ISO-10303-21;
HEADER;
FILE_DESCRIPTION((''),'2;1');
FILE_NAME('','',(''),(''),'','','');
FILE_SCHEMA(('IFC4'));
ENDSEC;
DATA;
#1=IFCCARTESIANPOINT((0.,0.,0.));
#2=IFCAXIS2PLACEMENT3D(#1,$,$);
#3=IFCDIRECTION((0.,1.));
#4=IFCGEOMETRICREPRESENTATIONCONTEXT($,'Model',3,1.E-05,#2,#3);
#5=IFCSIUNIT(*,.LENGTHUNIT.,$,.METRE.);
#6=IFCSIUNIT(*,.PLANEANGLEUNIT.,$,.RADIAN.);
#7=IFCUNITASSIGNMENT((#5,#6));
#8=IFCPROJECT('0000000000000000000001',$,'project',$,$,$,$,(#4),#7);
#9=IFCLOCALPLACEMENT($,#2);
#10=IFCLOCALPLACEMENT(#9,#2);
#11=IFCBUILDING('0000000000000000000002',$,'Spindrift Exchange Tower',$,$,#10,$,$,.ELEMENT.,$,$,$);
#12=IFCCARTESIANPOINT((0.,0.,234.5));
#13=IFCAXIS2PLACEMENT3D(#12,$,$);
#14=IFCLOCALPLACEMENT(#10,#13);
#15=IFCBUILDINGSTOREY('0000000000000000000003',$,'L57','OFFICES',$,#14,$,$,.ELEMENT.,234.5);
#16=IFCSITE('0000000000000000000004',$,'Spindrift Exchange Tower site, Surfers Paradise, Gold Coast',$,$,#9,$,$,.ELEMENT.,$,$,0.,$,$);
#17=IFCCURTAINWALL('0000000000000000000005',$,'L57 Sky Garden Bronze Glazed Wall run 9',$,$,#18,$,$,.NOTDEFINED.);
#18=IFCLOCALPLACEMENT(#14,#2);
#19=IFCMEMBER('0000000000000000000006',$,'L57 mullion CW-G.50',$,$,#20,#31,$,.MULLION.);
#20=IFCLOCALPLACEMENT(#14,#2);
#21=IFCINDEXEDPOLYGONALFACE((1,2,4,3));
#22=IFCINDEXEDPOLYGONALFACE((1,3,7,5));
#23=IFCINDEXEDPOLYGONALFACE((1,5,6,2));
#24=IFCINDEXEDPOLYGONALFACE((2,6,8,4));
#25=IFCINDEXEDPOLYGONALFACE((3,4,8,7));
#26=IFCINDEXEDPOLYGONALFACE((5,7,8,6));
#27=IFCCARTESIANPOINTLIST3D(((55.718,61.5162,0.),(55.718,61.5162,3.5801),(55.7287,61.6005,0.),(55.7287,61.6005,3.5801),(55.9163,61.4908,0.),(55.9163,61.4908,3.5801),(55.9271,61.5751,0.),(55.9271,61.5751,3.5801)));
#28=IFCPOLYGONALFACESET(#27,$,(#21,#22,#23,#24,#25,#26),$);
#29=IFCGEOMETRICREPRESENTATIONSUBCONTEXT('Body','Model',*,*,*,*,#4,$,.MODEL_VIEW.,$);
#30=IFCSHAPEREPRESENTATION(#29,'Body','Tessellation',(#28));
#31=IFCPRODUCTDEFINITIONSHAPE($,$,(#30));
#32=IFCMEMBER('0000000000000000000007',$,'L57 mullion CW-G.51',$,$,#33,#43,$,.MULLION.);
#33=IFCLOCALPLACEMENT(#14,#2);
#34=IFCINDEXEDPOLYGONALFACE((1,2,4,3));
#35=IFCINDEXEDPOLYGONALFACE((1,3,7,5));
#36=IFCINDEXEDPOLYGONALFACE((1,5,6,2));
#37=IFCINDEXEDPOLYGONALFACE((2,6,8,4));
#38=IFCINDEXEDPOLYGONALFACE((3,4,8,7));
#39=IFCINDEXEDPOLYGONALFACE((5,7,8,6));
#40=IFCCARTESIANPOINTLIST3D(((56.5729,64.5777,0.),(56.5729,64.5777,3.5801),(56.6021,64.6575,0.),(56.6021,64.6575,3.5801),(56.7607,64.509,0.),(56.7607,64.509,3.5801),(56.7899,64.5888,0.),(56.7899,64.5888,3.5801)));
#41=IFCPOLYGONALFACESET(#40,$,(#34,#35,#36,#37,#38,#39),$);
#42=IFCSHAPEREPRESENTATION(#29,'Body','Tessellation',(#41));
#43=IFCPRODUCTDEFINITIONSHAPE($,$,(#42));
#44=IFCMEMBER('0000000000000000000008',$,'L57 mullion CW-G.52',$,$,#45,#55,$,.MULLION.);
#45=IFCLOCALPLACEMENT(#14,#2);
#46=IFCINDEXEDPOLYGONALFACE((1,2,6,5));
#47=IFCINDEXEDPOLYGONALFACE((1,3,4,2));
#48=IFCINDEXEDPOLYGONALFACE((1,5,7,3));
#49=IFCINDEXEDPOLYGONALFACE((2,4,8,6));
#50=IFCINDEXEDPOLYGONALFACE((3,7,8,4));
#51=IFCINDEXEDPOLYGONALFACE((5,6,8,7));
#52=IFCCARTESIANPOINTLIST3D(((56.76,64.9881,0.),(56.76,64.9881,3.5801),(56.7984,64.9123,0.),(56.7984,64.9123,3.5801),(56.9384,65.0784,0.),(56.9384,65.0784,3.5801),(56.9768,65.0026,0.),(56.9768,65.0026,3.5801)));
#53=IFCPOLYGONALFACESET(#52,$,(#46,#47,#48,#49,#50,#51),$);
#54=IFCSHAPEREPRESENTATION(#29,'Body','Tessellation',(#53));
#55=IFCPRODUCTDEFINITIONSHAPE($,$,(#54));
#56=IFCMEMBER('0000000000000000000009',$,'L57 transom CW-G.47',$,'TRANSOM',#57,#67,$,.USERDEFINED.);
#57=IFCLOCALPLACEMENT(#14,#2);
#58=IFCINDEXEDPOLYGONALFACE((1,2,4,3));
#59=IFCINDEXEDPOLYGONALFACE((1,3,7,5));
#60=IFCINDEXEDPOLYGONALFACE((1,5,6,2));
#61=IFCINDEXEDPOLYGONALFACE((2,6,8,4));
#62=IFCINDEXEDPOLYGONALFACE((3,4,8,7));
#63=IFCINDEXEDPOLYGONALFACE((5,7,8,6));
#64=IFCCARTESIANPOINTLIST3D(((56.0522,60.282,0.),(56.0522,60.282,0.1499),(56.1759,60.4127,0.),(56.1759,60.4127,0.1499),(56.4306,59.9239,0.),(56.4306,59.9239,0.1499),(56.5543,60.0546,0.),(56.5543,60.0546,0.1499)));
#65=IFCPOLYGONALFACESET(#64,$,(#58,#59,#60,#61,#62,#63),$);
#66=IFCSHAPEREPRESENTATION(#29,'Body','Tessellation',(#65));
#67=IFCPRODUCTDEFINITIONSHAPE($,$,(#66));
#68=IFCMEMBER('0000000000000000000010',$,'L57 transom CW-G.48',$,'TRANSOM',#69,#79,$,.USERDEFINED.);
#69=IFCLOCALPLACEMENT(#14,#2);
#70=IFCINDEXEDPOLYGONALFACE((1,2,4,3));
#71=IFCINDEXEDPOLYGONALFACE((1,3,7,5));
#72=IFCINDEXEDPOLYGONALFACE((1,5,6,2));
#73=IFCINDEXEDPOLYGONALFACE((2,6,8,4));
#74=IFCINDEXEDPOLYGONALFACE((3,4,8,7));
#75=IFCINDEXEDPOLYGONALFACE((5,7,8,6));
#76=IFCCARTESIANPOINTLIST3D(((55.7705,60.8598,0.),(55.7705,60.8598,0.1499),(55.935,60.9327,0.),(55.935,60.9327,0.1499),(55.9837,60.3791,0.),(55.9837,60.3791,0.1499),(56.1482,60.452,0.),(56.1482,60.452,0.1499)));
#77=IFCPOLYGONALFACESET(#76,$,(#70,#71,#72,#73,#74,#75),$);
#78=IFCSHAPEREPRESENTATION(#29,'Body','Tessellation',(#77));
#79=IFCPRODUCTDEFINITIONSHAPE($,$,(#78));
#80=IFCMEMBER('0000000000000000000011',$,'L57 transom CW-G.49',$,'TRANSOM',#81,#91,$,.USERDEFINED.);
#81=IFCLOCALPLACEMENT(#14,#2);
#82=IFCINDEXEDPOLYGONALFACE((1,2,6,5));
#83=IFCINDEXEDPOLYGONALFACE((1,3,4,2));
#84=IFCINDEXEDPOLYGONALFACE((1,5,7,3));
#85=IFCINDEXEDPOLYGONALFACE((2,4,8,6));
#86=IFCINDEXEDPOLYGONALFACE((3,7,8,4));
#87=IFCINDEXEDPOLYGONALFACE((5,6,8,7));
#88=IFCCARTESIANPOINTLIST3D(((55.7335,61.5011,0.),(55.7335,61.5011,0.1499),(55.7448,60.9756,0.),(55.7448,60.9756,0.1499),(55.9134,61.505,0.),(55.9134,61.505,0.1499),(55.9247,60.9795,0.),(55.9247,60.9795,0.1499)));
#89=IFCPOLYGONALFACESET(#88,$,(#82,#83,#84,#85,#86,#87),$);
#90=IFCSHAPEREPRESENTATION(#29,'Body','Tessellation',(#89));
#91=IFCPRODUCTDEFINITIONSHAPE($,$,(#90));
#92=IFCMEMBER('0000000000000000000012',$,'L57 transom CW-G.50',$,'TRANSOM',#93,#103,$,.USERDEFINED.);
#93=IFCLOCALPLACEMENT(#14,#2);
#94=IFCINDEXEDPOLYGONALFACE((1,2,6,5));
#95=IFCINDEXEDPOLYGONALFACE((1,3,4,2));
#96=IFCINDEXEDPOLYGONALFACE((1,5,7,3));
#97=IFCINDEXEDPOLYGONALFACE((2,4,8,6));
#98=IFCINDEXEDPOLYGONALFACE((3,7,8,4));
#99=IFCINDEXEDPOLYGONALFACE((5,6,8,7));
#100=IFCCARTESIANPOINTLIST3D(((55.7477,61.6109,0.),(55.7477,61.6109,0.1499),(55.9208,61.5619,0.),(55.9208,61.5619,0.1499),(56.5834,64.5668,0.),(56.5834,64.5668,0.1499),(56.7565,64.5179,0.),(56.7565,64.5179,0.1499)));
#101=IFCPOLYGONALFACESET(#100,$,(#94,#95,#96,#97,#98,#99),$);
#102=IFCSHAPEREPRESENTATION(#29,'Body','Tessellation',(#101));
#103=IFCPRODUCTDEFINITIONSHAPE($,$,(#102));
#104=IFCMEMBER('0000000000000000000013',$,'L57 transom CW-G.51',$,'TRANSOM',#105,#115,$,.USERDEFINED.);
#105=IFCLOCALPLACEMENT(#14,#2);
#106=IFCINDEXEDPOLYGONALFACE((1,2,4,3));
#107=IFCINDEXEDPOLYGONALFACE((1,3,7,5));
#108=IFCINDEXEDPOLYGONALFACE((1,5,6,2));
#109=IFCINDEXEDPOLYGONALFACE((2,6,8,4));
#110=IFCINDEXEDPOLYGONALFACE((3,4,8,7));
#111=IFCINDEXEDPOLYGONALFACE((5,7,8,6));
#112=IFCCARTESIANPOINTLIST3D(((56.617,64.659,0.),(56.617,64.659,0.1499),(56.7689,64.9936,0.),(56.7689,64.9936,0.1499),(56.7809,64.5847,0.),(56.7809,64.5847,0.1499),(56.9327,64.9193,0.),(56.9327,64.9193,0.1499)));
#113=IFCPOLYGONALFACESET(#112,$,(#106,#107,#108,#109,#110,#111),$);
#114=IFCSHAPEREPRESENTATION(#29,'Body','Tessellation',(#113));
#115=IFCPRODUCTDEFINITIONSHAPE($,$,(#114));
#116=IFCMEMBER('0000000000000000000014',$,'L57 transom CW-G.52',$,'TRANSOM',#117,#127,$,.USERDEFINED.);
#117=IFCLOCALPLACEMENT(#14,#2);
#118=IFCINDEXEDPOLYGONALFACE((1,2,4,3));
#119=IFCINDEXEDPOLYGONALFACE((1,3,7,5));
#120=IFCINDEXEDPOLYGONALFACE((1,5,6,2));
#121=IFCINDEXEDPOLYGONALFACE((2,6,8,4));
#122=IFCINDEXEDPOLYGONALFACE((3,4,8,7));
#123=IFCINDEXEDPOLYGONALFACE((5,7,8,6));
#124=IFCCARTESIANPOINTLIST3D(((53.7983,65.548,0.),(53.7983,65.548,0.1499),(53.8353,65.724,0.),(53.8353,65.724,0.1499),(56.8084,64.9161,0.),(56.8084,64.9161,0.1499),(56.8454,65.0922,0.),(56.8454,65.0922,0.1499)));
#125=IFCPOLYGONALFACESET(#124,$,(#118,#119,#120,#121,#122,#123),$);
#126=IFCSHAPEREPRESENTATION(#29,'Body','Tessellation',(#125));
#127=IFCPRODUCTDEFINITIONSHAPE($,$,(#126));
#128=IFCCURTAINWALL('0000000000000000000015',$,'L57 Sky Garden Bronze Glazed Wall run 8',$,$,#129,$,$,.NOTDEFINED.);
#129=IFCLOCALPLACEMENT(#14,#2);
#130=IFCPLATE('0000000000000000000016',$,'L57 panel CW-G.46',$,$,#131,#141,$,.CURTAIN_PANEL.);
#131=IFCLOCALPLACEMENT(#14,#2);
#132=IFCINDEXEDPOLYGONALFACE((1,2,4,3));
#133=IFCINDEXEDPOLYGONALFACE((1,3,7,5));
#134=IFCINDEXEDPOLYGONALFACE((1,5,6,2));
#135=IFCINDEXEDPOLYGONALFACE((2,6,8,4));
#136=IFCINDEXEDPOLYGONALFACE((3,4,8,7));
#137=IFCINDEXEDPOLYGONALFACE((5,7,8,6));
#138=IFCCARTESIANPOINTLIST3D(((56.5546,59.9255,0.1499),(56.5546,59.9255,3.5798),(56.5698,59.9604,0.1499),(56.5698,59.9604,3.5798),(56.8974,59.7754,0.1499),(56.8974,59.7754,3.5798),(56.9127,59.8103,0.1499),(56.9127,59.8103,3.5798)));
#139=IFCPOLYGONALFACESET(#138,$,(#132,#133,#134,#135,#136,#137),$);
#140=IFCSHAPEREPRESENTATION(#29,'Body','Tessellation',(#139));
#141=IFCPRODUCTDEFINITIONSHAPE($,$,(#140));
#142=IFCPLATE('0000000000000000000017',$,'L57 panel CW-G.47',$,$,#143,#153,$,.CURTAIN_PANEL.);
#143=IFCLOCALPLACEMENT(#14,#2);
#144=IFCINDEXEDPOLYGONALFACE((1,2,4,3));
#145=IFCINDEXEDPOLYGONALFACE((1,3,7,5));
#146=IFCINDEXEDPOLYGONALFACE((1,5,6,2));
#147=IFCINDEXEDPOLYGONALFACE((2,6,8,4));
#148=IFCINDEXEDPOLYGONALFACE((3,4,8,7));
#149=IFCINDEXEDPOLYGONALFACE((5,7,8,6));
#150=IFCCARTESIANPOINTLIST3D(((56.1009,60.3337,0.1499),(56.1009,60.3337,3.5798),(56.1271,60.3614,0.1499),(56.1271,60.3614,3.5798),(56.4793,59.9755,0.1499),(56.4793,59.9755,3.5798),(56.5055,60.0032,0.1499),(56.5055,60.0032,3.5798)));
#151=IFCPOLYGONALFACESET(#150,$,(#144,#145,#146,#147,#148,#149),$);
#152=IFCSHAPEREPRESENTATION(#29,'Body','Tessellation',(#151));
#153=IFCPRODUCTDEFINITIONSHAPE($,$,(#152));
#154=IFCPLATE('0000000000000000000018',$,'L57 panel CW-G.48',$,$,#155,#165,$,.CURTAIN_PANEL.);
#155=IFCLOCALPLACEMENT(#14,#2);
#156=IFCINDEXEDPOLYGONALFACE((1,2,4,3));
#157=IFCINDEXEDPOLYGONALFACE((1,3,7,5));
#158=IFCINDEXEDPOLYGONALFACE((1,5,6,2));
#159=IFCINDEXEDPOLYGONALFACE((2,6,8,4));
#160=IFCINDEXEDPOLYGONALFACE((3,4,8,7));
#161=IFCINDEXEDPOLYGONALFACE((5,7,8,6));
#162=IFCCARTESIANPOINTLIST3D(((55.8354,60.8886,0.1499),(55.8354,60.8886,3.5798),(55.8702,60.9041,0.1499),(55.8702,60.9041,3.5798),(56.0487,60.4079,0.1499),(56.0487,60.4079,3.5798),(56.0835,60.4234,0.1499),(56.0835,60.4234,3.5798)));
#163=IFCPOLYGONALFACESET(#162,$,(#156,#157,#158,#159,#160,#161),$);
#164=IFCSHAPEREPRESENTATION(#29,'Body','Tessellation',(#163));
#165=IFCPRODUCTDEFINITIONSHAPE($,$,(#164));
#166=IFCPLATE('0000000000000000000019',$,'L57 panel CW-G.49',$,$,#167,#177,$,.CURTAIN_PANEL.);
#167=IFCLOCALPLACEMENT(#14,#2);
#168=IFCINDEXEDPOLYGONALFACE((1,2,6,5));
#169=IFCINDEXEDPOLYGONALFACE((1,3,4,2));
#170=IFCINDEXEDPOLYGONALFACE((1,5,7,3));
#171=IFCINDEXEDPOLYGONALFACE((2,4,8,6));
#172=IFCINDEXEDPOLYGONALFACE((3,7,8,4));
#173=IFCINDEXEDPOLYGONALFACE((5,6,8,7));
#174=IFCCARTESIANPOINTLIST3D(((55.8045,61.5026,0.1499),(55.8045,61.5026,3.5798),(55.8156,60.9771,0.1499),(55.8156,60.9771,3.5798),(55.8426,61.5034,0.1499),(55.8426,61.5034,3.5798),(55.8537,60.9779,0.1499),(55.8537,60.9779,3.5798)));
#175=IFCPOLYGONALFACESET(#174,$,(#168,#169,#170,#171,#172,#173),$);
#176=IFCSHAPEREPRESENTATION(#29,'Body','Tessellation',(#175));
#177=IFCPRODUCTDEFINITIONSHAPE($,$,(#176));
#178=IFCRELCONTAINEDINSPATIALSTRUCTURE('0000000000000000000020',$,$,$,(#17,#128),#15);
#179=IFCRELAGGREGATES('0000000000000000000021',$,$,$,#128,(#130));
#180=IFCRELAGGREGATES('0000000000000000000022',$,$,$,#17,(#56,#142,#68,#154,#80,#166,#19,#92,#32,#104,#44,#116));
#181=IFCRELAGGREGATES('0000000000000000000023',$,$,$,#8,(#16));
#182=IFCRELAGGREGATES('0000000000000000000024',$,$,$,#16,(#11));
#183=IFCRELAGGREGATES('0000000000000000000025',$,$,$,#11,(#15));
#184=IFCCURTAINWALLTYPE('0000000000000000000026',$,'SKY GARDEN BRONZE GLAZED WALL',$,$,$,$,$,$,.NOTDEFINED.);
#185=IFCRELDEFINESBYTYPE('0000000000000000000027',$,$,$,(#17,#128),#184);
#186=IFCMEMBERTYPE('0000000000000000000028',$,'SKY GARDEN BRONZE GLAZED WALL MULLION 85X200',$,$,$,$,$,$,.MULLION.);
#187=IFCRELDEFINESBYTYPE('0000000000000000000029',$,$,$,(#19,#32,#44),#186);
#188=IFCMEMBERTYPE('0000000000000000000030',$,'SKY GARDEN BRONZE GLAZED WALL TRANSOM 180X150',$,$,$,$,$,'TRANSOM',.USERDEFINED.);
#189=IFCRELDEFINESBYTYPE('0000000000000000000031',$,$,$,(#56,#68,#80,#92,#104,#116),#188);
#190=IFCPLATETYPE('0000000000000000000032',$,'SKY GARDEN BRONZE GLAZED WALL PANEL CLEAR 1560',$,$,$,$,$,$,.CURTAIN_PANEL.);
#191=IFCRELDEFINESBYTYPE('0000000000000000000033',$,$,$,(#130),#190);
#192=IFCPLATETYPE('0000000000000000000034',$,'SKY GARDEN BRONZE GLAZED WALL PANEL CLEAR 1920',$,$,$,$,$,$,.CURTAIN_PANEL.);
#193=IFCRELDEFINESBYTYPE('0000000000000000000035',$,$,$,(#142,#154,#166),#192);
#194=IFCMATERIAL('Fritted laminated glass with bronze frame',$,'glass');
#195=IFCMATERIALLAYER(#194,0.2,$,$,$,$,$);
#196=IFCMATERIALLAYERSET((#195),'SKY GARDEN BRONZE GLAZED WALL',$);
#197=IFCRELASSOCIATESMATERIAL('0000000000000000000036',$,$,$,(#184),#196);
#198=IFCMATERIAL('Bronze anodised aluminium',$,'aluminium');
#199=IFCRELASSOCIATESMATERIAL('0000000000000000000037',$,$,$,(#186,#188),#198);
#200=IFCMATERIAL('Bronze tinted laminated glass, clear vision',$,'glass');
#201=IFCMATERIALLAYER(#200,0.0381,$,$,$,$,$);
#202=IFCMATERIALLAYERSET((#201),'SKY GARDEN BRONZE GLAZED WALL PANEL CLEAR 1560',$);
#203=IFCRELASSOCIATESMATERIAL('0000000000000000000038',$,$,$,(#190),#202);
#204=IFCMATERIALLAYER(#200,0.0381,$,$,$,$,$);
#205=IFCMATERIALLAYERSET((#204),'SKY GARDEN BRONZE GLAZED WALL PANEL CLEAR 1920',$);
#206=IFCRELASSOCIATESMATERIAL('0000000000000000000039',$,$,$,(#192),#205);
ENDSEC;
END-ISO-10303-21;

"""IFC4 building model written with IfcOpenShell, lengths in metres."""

from ifc_helpers import new_model, si_unit, direction, frame, origin, origin_2d, place, context, subcontext, project, spatial, rectangle, extrude, source, transform, mapped, material, layer, layer_set, material_profile, profile_set, type_object, element, aggregate, save


model = new_model("IFC4")

# Units and contexts
model_context = context("Model", 3, precision=1e-05, world=origin(), true_north=direction((0.0, 1.0)))
body_context = subcontext(model_context, "Body", "Model", "MODEL_VIEW")
ifc_project = project(units=[si_unit("LENGTHUNIT", "METRE"), si_unit("PLANEANGLEUNIT", "RADIAN")], contexts=[model_context])

# Site, building, storey
site_placement = place(None, origin())
site = spatial("IfcSite", under=ifc_project, at=site_placement, Name="Spindrift Exchange Tower site, Surfers Paradise, Gold Coast", CompositionType="ELEMENT", RefElevation=0.0)
building_placement = place(site_placement, origin())
building = spatial("IfcBuilding", under=site, at=building_placement, Name="Spindrift Exchange Tower", CompositionType="ELEMENT")
storey_placement = place(building_placement, frame((0.0, 0.0, 234.5)))
storey = spatial("IfcBuildingStorey", under=building, at=storey_placement, Name="L57", Description="OFFICES", CompositionType="ELEMENT", Elevation=234.5)

# Curtain wall, members
ifc_material_1 = material(Name="Fritted laminated glass with bronze frame", Category="glass")
ifc_layer_1 = layer(ifc_material_1, 0.2)
ifc_layer_set_1 = layer_set([ifc_layer_1], Name="SKY GARDEN BRONZE GLAZED WALL")
curtain_wall_type = type_object("IfcCurtainWallType", Name="SKY GARDEN BRONZE GLAZED WALL", PredefinedType="NOTDEFINED", material=ifc_layer_set_1)
curtain_wall_1_placement = place(storey_placement, origin())
curtain_wall_1 = element("IfcCurtainWall", 1, at=curtain_wall_1_placement, inside=storey, type_object=curtain_wall_type, Name="L57 Sky Garden Bronze Glazed Wall run 9", PredefinedType="NOTDEFINED")
ifc_material_2 = material(Name="Bronze anodised aluminium", Category="aluminium")
ifc_material_profile_1 = material_profile(ifc_material_2, rectangle(XDim=0.085, YDim=0.2, at=origin_2d()), Name="SKY GARDEN BRONZE GLAZED WALL MULLION 85X200")
ifc_profile_set_1 = profile_set([ifc_material_profile_1], Name="Bronze anodised aluminium")
member_type_1 = type_object("IfcMemberType", Name="SKY GARDEN BRONZE GLAZED WALL MULLION 85X200", PredefinedType="MULLION", material=ifc_profile_set_1)
shared_shape_1 = source(origin(), body_context, "Body", "SweptSolid", [
    extrude(rectangle(XDim=0.085, YDim=0.2, at=origin_2d()), origin(), (0.0, 0.0, 1.0), 3.5801),
])
member_1_placement = place(storey_placement, frame((55.8225, 61.5457, 0.0), z_axis=(0.0, 0.0, 1.0), x_axis=(0.126877, 0.991919, 0.0)))
member_1 = element("IfcMember", 2, at=member_1_placement, type_object=member_type_1, Name="L57 mullion CW-G.50", PredefinedType="MULLION", context=body_context, shape_type="MappedRepresentation", body=[
    mapped(shared_shape_1, transform((0.0, 0.0, 0.0), scale=1.0)),
])
member_2_placement = place(storey_placement, frame((56.6814, 64.5833, 0.0), z_axis=(0.0, 0.0, 1.0), x_axis=(0.343626, 0.939107, 0.0)))
member_2 = element("IfcMember", 3, at=member_2_placement, type_object=member_type_1, Name="L57 mullion CW-G.51", PredefinedType="MULLION", context=body_context, shape_type="MappedRepresentation", body=[
    mapped(shared_shape_1, transform((0.0, 0.0, 0.0), scale=1.0)),
])
member_3_placement = place(storey_placement, frame((56.8684, 64.9954, 0.0), z_axis=(0.0, 0.0, 1.0), x_axis=(-0.451936, 0.89205, 0.0)))
member_3 = element("IfcMember", 4, at=member_3_placement, type_object=member_type_1, Name="L57 mullion CW-G.52", PredefinedType="MULLION", context=body_context, shape_type="MappedRepresentation", body=[
    mapped(shared_shape_1, transform((0.0, 0.0, 0.0), scale=1.0)),
])
ifc_material_profile_2 = material_profile(ifc_material_2, rectangle(XDim=0.1799, YDim=0.1499, at=origin_2d()), Name="SKY GARDEN BRONZE GLAZED WALL TRANSOM 180X150")
ifc_profile_set_2 = profile_set([ifc_material_profile_2], Name="Bronze anodised aluminium")
member_type_2 = type_object("IfcMemberType", Name="SKY GARDEN BRONZE GLAZED WALL TRANSOM 180X150", ElementType="TRANSOM", PredefinedType="USERDEFINED", material=ifc_profile_set_2)
shared_shape_2 = source(origin(), body_context, "Body", "SweptSolid", [
    extrude(rectangle(XDim=0.1799, YDim=0.1499, at=origin_2d()), origin(), (0.0, 0.0, 1.0), 0.521),
])
member_4_placement = place(storey_placement, frame((56.4924, 59.9893, 0.075), z_axis=(-0.726285, 0.687394, 0.0), x_axis=(-0.687394, -0.726285, 0.0)))
member_4 = element("IfcMember", 5, at=member_4_placement, type_object=member_type_2, Name="L57 transom CW-G.47", ObjectType="TRANSOM", PredefinedType="USERDEFINED", context=body_context, shape_type="MappedRepresentation", body=[
    mapped(shared_shape_2, transform((0.0, 0.0, 0.0), scale=1.0)),
])
shared_shape_3 = source(origin(), body_context, "Body", "SweptSolid", [
    extrude(rectangle(XDim=0.1799, YDim=0.1499, at=origin_2d()), origin(), (0.0, 0.0, 1.0), 0.5259),
])
member_5_placement = place(storey_placement, frame((56.0659, 60.4155, 0.075), z_axis=(-0.40532, 0.914175, 0.0), x_axis=(-0.914175, -0.40532, 0.0)))
member_5 = element("IfcMember", 6, at=member_5_placement, type_object=member_type_2, Name="L57 transom CW-G.48", ObjectType="TRANSOM", PredefinedType="USERDEFINED", context=body_context, shape_type="MappedRepresentation", body=[
    mapped(shared_shape_3, transform((0.0, 0.0, 0.0), scale=1.0)),
])
shared_shape_4 = source(origin(), body_context, "Body", "SweptSolid", [
    extrude(rectangle(XDim=0.1799, YDim=0.1499, at=origin_2d()), origin(), (0.0, 0.0, 1.0), 0.5256),
])
member_6_placement = place(storey_placement, frame((55.8347, 60.9775, 0.075), z_axis=(-0.021361, 0.999772, 0.0), x_axis=(-0.999772, -0.021361, 0.0)))
member_6 = element("IfcMember", 7, at=member_6_placement, type_object=member_type_2, Name="L57 transom CW-G.49", ObjectType="TRANSOM", PredefinedType="USERDEFINED", context=body_context, shape_type="MappedRepresentation", body=[
    mapped(shared_shape_4, transform((0.0, 0.0, 0.0), scale=1.0)),
])
shared_shape_5 = source(origin(), body_context, "Body", "SweptSolid", [
    extrude(rectangle(XDim=0.1799, YDim=0.1499, at=origin_2d()), origin(), (0.0, 0.0, 1.0), 3.0718),
])
member_7_placement = place(storey_placement, frame((55.8342, 61.5864, 0.075), z_axis=(0.272064, 0.962279, 0.0), x_axis=(-0.962279, 0.272064, 0.0)))
member_7 = element("IfcMember", 8, at=member_7_placement, type_object=member_type_2, Name="L57 transom CW-G.50", ObjectType="TRANSOM", PredefinedType="USERDEFINED", context=body_context, shape_type="MappedRepresentation", body=[
    mapped(shared_shape_5, transform((0.0, 0.0, 0.0), scale=1.0)),
])
shared_shape_6 = source(origin(), body_context, "Body", "SweptSolid", [
    extrude(rectangle(XDim=0.1799, YDim=0.1499, at=origin_2d()), origin(), (0.0, 0.0, 1.0), 0.3674),
])
member_8_placement = place(storey_placement, frame((56.699, 64.6218, 0.075), z_axis=(0.413152, 0.910662, 0.0), x_axis=(-0.910662, 0.413152, 0.0)))
member_8 = element("IfcMember", 9, at=member_8_placement, type_object=member_type_2, Name="L57 transom CW-G.51", ObjectType="TRANSOM", PredefinedType="USERDEFINED", context=body_context, shape_type="MappedRepresentation", body=[
    mapped(shared_shape_6, transform((0.0, 0.0, 0.0), scale=1.0)),
])
shared_shape_7 = source(origin(), body_context, "Body", "SweptSolid", [
    extrude(rectangle(XDim=0.1799, YDim=0.1499, at=origin_2d()), origin(), (0.0, 0.0, 1.0), 3.0757),
])
member_9_placement = place(storey_placement, frame((56.8269, 65.0042, 0.075), z_axis=(-0.978671, 0.205434, 0.0), x_axis=(-0.205434, -0.978671, 0.0)))
member_9 = element("IfcMember", 10, at=member_9_placement, type_object=member_type_2, Name="L57 transom CW-G.52", ObjectType="TRANSOM", PredefinedType="USERDEFINED", context=body_context, shape_type="MappedRepresentation", body=[
    mapped(shared_shape_7, transform((0.0, 0.0, 0.0), scale=1.0)),
])

# Curtain wall, plate
curtain_wall_2_placement = place(storey_placement, origin())
curtain_wall_2 = element("IfcCurtainWall", 11, at=curtain_wall_2_placement, inside=storey, type_object=curtain_wall_type, Name="L57 Sky Garden Bronze Glazed Wall run 8", PredefinedType="NOTDEFINED")
ifc_material_3 = material(Name="Bronze tinted laminated glass, clear vision", Category="glass")
ifc_layer_2 = layer(ifc_material_3, 0.0381)
ifc_layer_set_2 = layer_set([ifc_layer_2], Name="SKY GARDEN BRONZE GLAZED WALL PANEL CLEAR 1560")
plate_type_1 = type_object("IfcPlateType", Name="SKY GARDEN BRONZE GLAZED WALL PANEL CLEAR 1560", PredefinedType="CURTAIN_PANEL", material=ifc_layer_set_2)
shared_shape_8 = source(origin(), body_context, "Body", "SweptSolid", [
    extrude(rectangle(XDim=0.3743, YDim=0.0381, at=origin_2d()), origin(), (0.0, 0.0, 1.0), 3.4299),
])
plate_1_placement = place(storey_placement, frame((56.7336, 59.8679, 0.1499), z_axis=(0.0, 0.0, 1.0), x_axis=(-0.916077, 0.401001, 0.0)))
plate_1 = element("IfcPlate", 12, at=plate_1_placement, type_object=plate_type_1, Name="L57 panel CW-G.46", PredefinedType="CURTAIN_PANEL", context=body_context, shape_type="MappedRepresentation", body=[
    mapped(shared_shape_8, transform((0.0, 0.0, 0.0), scale=1.0)),
])
aggregate(curtain_wall_2, [plate_1])

# Plates
ifc_layer_3 = layer(ifc_material_3, 0.0381)
ifc_layer_set_3 = layer_set([ifc_layer_3], Name="SKY GARDEN BRONZE GLAZED WALL PANEL CLEAR 1920")
plate_type_2 = type_object("IfcPlateType", Name="SKY GARDEN BRONZE GLAZED WALL PANEL CLEAR 1920", PredefinedType="CURTAIN_PANEL", material=ifc_layer_set_3)
shared_shape_9 = source(origin(), body_context, "Body", "SweptSolid", [
    extrude(rectangle(XDim=0.521, YDim=0.0381, at=origin_2d()), origin(), (0.0, 0.0, 1.0), 3.4299),
])
plate_2_placement = place(storey_placement, frame((56.3032, 60.1685, 0.1499), z_axis=(0.0, 0.0, 1.0), x_axis=(-0.72623, 0.687451, 0.0)))
plate_2 = element("IfcPlate", 13, at=plate_2_placement, type_object=plate_type_2, Name="L57 panel CW-G.47", PredefinedType="CURTAIN_PANEL", context=body_context, shape_type="MappedRepresentation", body=[
    mapped(shared_shape_9, transform((0.0, 0.0, 0.0), scale=1.0)),
])
shared_shape_10 = source(origin(), body_context, "Body", "SweptSolid", [
    extrude(rectangle(XDim=0.5259, YDim=0.0381, at=origin_2d()), origin(), (0.0, 0.0, 1.0), 3.4299),
])
plate_3_placement = place(storey_placement, frame((55.9595, 60.656, 0.1499), z_axis=(0.0, 0.0, 1.0), x_axis=(-0.405545, 0.914075, 0.0)))
plate_3 = element("IfcPlate", 14, at=plate_3_placement, type_object=plate_type_2, Name="L57 panel CW-G.48", PredefinedType="CURTAIN_PANEL", context=body_context, shape_type="MappedRepresentation", body=[
    mapped(shared_shape_10, transform((0.0, 0.0, 0.0), scale=1.0)),
])
shared_shape_11 = source(origin(), body_context, "Body", "SweptSolid", [
    extrude(rectangle(XDim=0.5256, YDim=0.0381, at=origin_2d()), origin(), (0.0, 0.0, 1.0), 3.4299),
])
plate_4_placement = place(storey_placement, frame((55.8291, 61.2402, 0.1499), z_axis=(0.0, 0.0, 1.0), x_axis=(-0.021122, 0.999777, 0.0)))
plate_4 = element("IfcPlate", 15, at=plate_4_placement, type_object=plate_type_2, Name="L57 panel CW-G.49", PredefinedType="CURTAIN_PANEL", context=body_context, shape_type="MappedRepresentation", body=[
    mapped(shared_shape_11, transform((0.0, 0.0, 0.0), scale=1.0)),
])
aggregate(curtain_wall_1, [member_4, plate_2, member_5, plate_3, member_6, plate_4, member_1, member_7, member_2, member_8, member_3, member_9])

save(model, "model.ifc")
